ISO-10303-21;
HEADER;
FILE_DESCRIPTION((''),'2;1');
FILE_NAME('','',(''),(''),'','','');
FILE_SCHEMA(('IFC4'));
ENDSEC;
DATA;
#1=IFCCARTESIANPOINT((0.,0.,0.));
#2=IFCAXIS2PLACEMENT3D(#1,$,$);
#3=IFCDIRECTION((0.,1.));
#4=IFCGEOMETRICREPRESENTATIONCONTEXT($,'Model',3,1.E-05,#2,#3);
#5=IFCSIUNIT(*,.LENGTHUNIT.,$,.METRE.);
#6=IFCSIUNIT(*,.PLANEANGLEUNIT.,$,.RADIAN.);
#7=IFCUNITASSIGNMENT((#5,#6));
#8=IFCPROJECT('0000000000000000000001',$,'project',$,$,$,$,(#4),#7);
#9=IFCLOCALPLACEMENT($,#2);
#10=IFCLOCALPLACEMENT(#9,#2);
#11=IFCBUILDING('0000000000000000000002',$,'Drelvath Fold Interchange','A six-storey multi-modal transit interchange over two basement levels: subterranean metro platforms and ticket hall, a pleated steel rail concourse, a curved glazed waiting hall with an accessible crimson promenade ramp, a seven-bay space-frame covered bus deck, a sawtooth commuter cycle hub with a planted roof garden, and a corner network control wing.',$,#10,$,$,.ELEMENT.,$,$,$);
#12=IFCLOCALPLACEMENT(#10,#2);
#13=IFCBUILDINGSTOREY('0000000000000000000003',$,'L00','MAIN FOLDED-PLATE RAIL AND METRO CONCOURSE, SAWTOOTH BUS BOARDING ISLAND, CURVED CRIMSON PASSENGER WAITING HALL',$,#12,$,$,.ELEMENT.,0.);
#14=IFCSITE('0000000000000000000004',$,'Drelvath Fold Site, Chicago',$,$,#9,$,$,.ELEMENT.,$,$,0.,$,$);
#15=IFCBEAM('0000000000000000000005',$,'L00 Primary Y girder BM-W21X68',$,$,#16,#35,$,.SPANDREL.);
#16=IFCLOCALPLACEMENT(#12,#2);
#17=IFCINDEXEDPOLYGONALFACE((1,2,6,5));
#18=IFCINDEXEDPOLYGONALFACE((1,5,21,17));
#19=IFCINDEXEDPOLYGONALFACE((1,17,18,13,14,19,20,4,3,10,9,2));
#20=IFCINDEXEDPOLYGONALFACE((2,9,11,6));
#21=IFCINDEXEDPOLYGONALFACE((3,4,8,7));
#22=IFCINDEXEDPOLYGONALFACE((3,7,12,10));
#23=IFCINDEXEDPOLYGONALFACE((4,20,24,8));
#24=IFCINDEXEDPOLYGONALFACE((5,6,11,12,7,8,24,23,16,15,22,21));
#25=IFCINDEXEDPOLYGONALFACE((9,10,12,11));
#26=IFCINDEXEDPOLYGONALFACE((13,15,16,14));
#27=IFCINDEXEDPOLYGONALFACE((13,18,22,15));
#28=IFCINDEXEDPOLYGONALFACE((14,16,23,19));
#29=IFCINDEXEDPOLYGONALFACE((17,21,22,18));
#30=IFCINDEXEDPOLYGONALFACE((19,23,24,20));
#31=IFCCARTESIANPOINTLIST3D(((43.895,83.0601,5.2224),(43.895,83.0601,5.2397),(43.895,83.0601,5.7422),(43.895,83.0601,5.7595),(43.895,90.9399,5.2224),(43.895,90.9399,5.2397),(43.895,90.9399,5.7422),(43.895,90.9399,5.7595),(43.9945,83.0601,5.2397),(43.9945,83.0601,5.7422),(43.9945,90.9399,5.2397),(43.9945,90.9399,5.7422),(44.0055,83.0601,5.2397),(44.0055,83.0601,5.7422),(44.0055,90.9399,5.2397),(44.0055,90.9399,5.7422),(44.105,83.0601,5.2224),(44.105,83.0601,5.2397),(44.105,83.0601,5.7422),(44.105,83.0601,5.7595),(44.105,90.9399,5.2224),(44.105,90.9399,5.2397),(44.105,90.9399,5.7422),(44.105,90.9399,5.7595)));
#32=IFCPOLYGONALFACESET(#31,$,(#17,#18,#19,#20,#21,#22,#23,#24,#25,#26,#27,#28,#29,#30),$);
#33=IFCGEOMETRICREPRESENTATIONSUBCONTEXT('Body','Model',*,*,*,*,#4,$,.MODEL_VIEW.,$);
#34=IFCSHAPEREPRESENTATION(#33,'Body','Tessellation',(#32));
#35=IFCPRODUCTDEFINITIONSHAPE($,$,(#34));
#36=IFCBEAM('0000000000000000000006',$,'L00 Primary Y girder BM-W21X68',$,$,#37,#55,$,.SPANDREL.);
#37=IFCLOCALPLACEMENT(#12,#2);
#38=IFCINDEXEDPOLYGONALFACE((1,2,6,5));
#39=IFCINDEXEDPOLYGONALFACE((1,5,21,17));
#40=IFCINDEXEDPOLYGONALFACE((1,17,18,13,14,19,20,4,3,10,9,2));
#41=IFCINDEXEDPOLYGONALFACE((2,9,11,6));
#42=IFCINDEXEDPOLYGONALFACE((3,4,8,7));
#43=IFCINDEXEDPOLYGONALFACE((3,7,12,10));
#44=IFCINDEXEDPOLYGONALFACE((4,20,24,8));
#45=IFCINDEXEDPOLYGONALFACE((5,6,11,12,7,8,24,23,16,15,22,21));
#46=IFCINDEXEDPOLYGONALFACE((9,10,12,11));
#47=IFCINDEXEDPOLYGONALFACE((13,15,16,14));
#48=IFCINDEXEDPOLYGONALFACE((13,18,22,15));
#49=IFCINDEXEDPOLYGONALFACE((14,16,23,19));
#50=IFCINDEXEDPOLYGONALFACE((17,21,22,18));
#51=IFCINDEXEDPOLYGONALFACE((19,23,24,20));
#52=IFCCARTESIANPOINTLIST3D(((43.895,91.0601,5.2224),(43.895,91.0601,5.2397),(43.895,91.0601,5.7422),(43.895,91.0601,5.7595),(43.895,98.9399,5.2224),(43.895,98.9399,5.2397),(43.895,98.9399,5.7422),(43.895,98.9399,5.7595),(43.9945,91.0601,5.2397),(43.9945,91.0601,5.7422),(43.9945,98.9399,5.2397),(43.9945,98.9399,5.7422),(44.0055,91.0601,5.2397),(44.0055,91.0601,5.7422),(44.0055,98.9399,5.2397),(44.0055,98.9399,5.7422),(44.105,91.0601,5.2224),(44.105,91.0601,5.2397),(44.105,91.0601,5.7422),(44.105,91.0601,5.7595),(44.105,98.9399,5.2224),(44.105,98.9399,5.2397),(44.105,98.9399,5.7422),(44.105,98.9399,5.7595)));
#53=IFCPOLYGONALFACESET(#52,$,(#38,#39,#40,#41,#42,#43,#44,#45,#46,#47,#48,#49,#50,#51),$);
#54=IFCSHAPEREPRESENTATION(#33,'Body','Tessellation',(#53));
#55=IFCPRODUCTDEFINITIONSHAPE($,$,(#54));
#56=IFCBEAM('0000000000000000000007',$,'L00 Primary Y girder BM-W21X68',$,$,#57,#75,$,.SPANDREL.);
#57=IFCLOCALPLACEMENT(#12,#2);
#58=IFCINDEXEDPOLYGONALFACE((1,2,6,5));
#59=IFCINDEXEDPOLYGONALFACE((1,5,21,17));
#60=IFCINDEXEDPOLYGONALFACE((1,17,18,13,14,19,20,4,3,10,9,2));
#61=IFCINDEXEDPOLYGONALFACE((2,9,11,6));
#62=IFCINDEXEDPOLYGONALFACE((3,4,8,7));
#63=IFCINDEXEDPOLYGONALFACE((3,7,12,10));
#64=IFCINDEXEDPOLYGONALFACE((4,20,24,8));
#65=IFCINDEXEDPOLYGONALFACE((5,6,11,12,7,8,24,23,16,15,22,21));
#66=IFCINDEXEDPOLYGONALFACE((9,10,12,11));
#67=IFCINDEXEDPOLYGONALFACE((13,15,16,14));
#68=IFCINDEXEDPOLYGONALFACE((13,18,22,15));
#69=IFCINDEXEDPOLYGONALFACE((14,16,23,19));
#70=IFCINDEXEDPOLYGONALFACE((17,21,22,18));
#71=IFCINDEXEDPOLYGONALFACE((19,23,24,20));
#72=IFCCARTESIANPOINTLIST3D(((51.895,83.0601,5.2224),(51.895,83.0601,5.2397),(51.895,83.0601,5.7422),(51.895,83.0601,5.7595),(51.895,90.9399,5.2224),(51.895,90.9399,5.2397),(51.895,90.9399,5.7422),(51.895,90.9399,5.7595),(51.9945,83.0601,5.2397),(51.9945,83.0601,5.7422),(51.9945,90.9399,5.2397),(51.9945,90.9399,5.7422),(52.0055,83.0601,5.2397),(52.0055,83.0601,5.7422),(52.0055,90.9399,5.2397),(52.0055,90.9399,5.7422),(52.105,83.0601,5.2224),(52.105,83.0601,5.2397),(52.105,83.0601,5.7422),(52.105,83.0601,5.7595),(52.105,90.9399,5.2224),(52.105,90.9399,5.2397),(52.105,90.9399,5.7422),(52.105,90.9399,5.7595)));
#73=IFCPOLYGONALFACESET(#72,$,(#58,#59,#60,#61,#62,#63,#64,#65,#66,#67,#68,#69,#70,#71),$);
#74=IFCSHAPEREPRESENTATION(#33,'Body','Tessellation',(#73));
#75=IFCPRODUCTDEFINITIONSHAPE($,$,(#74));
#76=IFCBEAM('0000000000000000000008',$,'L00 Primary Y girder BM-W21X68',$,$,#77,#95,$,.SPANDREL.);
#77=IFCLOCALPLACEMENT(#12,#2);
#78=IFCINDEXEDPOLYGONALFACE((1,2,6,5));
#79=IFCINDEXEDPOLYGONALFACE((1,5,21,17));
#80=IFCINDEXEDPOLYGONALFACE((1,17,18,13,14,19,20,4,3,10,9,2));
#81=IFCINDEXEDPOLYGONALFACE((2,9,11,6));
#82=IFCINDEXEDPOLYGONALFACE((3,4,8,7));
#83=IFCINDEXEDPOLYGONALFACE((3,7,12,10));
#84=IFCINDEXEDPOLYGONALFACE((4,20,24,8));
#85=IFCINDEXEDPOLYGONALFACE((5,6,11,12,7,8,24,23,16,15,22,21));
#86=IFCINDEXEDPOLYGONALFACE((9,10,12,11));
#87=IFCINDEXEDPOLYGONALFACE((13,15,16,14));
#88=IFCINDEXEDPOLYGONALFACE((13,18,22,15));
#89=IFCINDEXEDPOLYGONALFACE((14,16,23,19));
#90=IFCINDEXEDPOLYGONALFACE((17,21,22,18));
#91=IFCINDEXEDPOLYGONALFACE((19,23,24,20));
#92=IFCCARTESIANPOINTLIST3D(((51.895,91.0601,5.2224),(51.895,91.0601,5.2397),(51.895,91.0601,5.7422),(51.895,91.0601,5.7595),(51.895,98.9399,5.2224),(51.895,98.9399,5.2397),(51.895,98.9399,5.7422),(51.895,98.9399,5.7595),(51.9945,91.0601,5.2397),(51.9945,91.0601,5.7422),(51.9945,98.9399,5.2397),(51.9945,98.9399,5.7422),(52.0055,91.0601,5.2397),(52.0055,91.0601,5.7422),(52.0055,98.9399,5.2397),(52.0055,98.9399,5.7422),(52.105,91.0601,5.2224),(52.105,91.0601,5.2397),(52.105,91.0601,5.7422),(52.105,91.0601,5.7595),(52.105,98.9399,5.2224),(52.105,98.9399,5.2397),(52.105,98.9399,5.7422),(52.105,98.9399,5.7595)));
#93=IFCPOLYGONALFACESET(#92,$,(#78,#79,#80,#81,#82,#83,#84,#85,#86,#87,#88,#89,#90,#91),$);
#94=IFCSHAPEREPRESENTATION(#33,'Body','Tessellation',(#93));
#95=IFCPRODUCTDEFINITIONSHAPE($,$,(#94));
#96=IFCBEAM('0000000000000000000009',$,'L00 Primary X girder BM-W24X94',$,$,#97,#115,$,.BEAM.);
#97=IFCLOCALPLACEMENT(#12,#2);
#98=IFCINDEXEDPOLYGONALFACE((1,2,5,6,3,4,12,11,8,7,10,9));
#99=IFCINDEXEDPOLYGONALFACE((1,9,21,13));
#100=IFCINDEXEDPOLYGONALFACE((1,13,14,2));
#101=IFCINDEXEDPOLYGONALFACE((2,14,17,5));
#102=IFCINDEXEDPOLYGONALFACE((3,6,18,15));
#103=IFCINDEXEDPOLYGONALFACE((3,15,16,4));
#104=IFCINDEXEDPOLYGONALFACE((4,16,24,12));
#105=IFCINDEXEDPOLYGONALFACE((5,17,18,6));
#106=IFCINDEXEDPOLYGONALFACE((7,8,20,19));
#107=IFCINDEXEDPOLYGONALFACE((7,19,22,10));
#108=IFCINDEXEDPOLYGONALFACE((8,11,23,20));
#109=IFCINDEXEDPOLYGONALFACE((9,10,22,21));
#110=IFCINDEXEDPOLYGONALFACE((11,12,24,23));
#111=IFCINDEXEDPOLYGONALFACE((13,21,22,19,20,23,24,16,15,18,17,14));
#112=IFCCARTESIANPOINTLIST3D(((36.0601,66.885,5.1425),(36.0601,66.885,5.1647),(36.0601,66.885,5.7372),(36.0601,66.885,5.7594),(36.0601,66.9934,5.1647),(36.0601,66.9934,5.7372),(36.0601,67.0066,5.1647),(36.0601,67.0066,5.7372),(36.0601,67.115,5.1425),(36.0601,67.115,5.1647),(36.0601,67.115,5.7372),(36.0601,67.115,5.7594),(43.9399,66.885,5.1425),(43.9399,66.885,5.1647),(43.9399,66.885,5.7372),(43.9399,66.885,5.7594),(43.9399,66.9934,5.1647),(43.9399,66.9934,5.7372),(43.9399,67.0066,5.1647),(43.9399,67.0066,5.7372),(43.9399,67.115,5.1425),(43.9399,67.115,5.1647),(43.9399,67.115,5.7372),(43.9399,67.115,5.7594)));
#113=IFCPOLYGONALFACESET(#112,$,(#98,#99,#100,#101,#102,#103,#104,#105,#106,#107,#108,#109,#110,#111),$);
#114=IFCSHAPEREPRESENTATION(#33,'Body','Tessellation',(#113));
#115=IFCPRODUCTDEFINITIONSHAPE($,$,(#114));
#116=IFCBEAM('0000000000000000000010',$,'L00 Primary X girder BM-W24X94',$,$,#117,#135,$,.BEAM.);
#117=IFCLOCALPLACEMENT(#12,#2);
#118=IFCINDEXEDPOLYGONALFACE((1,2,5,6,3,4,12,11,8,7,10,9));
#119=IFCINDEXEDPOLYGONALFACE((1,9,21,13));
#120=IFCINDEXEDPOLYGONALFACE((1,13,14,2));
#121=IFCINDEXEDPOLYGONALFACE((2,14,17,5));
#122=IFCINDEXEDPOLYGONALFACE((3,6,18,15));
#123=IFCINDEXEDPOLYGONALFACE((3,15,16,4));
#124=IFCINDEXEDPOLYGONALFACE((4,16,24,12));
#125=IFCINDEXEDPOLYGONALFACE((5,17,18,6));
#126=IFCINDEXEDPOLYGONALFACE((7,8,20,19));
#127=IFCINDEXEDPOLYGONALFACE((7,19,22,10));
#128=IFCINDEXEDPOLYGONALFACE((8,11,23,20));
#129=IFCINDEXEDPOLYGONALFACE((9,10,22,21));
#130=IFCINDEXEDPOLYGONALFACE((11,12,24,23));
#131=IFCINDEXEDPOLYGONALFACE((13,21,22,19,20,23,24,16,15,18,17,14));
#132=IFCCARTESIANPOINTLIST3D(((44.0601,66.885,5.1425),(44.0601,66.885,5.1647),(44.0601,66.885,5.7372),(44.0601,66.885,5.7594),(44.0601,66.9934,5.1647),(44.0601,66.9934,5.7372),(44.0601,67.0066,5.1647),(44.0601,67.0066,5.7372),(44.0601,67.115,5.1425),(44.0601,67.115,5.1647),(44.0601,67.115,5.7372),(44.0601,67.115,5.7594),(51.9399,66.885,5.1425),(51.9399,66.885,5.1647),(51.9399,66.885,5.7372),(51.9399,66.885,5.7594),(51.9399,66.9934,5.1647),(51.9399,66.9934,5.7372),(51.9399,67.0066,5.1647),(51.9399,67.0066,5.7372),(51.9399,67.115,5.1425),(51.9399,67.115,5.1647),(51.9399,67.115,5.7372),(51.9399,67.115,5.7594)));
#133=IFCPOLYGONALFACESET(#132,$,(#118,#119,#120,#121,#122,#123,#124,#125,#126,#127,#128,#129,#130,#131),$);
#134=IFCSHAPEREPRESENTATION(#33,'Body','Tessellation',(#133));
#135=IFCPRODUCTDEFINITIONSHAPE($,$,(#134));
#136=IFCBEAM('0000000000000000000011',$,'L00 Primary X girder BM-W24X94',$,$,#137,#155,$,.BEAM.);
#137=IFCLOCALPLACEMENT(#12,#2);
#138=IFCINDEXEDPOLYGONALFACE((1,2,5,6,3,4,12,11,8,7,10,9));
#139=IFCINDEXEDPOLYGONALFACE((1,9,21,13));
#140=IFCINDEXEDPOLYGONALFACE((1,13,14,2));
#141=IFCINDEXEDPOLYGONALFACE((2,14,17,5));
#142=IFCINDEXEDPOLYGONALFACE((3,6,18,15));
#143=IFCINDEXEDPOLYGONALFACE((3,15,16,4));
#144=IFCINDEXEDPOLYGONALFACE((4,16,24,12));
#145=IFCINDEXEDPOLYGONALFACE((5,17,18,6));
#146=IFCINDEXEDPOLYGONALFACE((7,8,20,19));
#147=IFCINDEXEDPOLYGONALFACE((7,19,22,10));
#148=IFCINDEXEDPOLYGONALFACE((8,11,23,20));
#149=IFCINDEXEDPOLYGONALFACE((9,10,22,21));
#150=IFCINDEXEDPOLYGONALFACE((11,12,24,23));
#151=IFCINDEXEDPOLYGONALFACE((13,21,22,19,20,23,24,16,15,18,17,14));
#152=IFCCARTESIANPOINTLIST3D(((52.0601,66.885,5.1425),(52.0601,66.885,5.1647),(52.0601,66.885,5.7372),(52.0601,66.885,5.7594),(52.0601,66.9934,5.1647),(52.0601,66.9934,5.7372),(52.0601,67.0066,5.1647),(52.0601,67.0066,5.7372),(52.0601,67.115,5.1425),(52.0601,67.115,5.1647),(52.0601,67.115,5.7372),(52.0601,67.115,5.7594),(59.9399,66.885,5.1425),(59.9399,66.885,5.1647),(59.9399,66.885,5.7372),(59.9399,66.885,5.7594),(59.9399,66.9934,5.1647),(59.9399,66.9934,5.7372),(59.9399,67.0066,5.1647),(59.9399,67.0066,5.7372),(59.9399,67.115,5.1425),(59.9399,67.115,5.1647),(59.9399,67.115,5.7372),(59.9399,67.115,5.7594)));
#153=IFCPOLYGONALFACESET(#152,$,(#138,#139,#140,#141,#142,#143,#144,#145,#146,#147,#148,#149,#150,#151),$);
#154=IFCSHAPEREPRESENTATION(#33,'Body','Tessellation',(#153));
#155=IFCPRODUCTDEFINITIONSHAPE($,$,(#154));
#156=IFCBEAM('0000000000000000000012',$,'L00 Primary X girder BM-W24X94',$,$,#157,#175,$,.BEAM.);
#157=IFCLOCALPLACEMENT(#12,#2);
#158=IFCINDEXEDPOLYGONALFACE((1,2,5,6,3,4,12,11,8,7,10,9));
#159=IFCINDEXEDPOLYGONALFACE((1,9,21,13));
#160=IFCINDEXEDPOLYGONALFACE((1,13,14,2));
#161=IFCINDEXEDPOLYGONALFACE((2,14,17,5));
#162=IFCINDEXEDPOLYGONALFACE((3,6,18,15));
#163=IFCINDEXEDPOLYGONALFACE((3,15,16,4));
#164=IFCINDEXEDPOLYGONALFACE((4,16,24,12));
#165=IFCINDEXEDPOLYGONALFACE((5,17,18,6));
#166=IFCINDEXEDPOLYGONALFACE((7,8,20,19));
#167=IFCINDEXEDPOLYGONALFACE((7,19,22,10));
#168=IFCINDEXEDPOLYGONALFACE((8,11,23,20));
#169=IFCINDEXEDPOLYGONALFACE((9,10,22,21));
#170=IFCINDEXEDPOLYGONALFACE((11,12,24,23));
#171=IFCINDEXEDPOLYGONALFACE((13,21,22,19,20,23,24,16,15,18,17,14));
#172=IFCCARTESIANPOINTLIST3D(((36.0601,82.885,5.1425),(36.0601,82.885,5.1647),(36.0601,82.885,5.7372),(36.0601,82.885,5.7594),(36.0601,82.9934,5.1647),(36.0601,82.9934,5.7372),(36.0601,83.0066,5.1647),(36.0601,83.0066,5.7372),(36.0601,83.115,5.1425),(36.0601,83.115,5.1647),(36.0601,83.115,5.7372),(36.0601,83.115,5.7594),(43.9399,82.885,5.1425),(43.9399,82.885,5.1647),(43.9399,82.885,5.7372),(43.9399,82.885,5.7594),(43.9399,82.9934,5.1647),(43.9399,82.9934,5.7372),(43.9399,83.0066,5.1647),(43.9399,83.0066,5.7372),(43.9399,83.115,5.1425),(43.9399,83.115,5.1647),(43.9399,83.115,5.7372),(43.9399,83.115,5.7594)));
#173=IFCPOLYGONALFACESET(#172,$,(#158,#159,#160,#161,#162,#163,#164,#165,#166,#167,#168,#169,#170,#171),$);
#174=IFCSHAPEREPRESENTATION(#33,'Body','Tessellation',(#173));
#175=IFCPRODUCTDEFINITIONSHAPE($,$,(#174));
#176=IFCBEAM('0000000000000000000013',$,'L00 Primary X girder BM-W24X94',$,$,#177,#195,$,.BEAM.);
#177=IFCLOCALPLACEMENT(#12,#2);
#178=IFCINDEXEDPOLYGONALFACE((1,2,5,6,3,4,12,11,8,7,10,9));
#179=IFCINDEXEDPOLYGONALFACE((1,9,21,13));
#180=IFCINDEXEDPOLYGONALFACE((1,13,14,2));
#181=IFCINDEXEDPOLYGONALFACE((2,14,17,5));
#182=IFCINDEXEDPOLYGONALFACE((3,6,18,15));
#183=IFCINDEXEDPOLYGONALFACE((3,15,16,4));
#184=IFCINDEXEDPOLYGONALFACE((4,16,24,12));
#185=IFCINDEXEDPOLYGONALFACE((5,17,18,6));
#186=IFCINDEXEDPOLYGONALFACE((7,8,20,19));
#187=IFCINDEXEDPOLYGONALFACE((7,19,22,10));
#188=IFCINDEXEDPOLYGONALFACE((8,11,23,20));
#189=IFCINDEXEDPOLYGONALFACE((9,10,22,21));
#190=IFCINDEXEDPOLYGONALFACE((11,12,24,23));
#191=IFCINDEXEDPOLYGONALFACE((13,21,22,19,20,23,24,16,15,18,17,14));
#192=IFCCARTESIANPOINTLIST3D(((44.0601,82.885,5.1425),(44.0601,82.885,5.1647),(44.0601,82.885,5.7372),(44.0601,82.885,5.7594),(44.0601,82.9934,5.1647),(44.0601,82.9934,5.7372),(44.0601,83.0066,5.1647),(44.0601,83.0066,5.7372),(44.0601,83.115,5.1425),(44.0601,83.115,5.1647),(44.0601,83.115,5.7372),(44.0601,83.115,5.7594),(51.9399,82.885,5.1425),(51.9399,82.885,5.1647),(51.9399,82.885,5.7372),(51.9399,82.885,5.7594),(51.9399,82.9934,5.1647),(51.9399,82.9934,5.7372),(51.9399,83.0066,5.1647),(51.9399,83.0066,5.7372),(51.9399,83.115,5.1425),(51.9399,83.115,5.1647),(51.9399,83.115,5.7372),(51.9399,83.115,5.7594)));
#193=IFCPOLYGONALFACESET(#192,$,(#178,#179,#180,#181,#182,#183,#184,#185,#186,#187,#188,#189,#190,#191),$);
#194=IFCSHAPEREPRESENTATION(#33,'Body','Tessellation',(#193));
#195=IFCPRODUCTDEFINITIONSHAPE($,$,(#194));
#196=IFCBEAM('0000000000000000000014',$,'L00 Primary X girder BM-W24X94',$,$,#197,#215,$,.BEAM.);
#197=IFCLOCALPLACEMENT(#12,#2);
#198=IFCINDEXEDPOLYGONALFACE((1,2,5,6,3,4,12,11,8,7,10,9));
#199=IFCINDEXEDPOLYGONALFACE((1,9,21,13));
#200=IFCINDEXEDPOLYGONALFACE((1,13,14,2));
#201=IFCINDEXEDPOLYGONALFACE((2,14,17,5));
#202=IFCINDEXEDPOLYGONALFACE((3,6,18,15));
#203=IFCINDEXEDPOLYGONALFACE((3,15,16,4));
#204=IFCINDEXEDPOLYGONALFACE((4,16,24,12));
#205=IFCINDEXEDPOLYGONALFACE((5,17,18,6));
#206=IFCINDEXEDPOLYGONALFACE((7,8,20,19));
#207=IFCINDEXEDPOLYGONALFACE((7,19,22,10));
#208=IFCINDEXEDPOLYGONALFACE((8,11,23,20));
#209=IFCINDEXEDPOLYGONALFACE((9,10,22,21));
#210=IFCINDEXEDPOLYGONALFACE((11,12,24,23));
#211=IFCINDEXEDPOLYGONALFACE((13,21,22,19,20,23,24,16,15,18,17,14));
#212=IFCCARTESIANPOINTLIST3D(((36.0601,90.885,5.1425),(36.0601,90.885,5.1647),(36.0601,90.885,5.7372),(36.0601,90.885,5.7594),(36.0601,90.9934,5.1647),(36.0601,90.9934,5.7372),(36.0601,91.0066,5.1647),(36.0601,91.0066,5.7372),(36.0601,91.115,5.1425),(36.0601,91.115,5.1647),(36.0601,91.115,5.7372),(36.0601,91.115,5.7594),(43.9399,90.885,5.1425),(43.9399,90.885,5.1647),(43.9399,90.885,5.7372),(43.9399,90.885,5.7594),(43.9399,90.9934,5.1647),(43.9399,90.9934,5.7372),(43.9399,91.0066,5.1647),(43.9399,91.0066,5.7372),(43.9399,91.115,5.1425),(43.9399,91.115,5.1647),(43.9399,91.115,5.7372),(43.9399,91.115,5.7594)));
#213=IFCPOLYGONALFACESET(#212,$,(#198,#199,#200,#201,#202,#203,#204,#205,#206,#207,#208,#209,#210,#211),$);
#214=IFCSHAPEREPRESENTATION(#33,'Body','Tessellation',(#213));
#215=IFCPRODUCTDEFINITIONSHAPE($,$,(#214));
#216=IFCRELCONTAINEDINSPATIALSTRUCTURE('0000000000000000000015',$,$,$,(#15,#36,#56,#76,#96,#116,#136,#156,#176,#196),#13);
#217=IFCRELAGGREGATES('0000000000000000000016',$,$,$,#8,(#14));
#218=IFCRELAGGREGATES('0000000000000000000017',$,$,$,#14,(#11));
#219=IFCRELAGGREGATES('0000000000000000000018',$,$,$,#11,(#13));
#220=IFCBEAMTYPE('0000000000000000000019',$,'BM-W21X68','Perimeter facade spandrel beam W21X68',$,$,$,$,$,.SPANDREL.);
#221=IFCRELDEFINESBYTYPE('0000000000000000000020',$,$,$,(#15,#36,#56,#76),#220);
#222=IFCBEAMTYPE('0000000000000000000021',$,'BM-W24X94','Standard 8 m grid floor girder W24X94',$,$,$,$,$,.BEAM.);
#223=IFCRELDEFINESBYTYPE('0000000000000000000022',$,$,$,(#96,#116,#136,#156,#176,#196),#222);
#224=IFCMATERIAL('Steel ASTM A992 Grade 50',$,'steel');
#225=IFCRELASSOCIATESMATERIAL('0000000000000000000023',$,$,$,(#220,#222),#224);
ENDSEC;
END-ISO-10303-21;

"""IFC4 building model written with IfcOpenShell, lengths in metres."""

from ifc_helpers import new_model, si_unit, direction, frame, origin, origin_2d, place, context, subcontext, project, spatial, i_section, extrude, material, material_profile, profile_set, type_object, element, save


model = new_model("IFC4")

# Units and contexts
model_context = context("Model", 3, precision=1e-05, world=origin(), true_north=direction((0.0, 1.0)))
body_context = subcontext(model_context, "Body", "Model", "MODEL_VIEW")
ifc_project = project(units=[si_unit("LENGTHUNIT", "METRE"), si_unit("PLANEANGLEUNIT", "RADIAN")], contexts=[model_context])

# Site, building, storey
site_placement = place(None, origin())
site = spatial("IfcSite", under=ifc_project, at=site_placement, Name="Drelvath Fold Site, Chicago", CompositionType="ELEMENT", RefElevation=0.0)
building_placement = place(site_placement, origin())
building = spatial("IfcBuilding", under=site, at=building_placement, Name="Drelvath Fold Interchange", Description="A six-storey multi-modal transit interchange over two basement levels: subterranean metro platforms and ticket hall, a pleated steel rail concourse, a curved glazed waiting hall with an accessible crimson promenade ramp, a seven-bay space-frame covered bus deck, a sawtooth commuter cycle hub with a planted roof garden, and a corner network control wing.", CompositionType="ELEMENT")
storey_placement = place(building_placement, origin())
storey = spatial("IfcBuildingStorey", under=building, at=storey_placement, Name="L00", Description="MAIN FOLDED-PLATE RAIL AND METRO CONCOURSE, SAWTOOTH BUS BOARDING ISLAND, CURVED CRIMSON PASSENGER WAITING HALL", CompositionType="ELEMENT", Elevation=0.0)

# Beams
ifc_material_1 = material(Name="Steel ASTM A992 Grade 50", Category="steel")
ifc_material_profile_1 = material_profile(ifc_material_1, i_section(OverallWidth=0.21, OverallDepth=0.5371, WebThickness=0.011, FlangeThickness=0.0173, at=origin_2d()), Name="W21X68")
ifc_profile_set_1 = profile_set([ifc_material_profile_1], Name="Steel ASTM A992 Grade 50")
beam_type_1 = type_object("IfcBeamType", Name="BM-W21X68", Description="Perimeter facade spandrel beam W21X68", PredefinedType="SPANDREL", material=ifc_profile_set_1)
for number, where, z_axis, x_axis, name in (
    (1, (44.0, 83.0601, 5.491), (0.0, 1.0, 0.0), (-1.0, 0.0, 0.0), "L00 Primary Y girder BM-W21X68"),
    (2, (44.0, 91.0601, 5.491), (0.0, 1.0, 0.0), (-1.0, 0.0, 0.0), "L00 Primary Y girder BM-W21X68"),
    (3, (52.0, 83.0601, 5.491), (0.0, 1.0, 0.0), (-1.0, 0.0, 0.0), "L00 Primary Y girder BM-W21X68"),
    (4, (52.0, 91.0601, 5.491), (0.0, 1.0, 0.0), (-1.0, 0.0, 0.0), "L00 Primary Y girder BM-W21X68"),
):
    element("IfcBeam", number, at=place(storey_placement, frame(where, z_axis=z_axis, x_axis=x_axis)), inside=storey, type_object=beam_type_1, Name=name, PredefinedType="SPANDREL", context=body_context, shape_type="SweptSolid", body=[
        extrude(i_section(OverallWidth=0.21, OverallDepth=0.5371, WebThickness=0.011, FlangeThickness=0.0173, at=origin_2d()), origin(), (0.0, 0.0, 1.0), 7.8799),
    ])
ifc_material_profile_2 = material_profile(ifc_material_1, i_section(OverallWidth=0.23, OverallDepth=0.6169, WebThickness=0.0132, FlangeThickness=0.0222, at=origin_2d()), Name="W24X94")
ifc_profile_set_2 = profile_set([ifc_material_profile_2], Name="Steel ASTM A992 Grade 50")
beam_type_2 = type_object("IfcBeamType", Name="BM-W24X94", Description="Standard 8 m grid floor girder W24X94", PredefinedType="BEAM", material=ifc_profile_set_2)
for number, where, z_axis, x_axis, name in (
    (5, (36.0601, 67.0, 5.4509), (1.0, 0.0, 0.0), (0.0, 1.0, 0.0), "L00 Primary X girder BM-W24X94"),
    (6, (44.0601, 67.0, 5.4509), (1.0, 0.0, 0.0), (0.0, 1.0, 0.0), "L00 Primary X girder BM-W24X94"),
    (7, (52.0601, 67.0, 5.4509), (1.0, 0.0, 0.0), (0.0, 1.0, 0.0), "L00 Primary X girder BM-W24X94"),
    (8, (36.0601, 83.0, 5.4509), (1.0, 0.0, 0.0), (0.0, 1.0, 0.0), "L00 Primary X girder BM-W24X94"),
    (9, (44.0601, 83.0, 5.4509), (1.0, 0.0, 0.0), (0.0, 1.0, 0.0), "L00 Primary X girder BM-W24X94"),
    (10, (36.0601, 91.0, 5.4509), (1.0, 0.0, 0.0), (0.0, 1.0, 0.0), "L00 Primary X girder BM-W24X94"),
):
    element("IfcBeam", number, at=place(storey_placement, frame(where, z_axis=z_axis, x_axis=x_axis)), inside=storey, type_object=beam_type_2, Name=name, PredefinedType="BEAM", context=body_context, shape_type="SweptSolid", body=[
        extrude(i_section(OverallWidth=0.23, OverallDepth=0.6169, WebThickness=0.0132, FlangeThickness=0.0222, at=origin_2d()), origin(), (0.0, 0.0, 1.0), 7.8799),
    ])

save(model, "model.ifc")
